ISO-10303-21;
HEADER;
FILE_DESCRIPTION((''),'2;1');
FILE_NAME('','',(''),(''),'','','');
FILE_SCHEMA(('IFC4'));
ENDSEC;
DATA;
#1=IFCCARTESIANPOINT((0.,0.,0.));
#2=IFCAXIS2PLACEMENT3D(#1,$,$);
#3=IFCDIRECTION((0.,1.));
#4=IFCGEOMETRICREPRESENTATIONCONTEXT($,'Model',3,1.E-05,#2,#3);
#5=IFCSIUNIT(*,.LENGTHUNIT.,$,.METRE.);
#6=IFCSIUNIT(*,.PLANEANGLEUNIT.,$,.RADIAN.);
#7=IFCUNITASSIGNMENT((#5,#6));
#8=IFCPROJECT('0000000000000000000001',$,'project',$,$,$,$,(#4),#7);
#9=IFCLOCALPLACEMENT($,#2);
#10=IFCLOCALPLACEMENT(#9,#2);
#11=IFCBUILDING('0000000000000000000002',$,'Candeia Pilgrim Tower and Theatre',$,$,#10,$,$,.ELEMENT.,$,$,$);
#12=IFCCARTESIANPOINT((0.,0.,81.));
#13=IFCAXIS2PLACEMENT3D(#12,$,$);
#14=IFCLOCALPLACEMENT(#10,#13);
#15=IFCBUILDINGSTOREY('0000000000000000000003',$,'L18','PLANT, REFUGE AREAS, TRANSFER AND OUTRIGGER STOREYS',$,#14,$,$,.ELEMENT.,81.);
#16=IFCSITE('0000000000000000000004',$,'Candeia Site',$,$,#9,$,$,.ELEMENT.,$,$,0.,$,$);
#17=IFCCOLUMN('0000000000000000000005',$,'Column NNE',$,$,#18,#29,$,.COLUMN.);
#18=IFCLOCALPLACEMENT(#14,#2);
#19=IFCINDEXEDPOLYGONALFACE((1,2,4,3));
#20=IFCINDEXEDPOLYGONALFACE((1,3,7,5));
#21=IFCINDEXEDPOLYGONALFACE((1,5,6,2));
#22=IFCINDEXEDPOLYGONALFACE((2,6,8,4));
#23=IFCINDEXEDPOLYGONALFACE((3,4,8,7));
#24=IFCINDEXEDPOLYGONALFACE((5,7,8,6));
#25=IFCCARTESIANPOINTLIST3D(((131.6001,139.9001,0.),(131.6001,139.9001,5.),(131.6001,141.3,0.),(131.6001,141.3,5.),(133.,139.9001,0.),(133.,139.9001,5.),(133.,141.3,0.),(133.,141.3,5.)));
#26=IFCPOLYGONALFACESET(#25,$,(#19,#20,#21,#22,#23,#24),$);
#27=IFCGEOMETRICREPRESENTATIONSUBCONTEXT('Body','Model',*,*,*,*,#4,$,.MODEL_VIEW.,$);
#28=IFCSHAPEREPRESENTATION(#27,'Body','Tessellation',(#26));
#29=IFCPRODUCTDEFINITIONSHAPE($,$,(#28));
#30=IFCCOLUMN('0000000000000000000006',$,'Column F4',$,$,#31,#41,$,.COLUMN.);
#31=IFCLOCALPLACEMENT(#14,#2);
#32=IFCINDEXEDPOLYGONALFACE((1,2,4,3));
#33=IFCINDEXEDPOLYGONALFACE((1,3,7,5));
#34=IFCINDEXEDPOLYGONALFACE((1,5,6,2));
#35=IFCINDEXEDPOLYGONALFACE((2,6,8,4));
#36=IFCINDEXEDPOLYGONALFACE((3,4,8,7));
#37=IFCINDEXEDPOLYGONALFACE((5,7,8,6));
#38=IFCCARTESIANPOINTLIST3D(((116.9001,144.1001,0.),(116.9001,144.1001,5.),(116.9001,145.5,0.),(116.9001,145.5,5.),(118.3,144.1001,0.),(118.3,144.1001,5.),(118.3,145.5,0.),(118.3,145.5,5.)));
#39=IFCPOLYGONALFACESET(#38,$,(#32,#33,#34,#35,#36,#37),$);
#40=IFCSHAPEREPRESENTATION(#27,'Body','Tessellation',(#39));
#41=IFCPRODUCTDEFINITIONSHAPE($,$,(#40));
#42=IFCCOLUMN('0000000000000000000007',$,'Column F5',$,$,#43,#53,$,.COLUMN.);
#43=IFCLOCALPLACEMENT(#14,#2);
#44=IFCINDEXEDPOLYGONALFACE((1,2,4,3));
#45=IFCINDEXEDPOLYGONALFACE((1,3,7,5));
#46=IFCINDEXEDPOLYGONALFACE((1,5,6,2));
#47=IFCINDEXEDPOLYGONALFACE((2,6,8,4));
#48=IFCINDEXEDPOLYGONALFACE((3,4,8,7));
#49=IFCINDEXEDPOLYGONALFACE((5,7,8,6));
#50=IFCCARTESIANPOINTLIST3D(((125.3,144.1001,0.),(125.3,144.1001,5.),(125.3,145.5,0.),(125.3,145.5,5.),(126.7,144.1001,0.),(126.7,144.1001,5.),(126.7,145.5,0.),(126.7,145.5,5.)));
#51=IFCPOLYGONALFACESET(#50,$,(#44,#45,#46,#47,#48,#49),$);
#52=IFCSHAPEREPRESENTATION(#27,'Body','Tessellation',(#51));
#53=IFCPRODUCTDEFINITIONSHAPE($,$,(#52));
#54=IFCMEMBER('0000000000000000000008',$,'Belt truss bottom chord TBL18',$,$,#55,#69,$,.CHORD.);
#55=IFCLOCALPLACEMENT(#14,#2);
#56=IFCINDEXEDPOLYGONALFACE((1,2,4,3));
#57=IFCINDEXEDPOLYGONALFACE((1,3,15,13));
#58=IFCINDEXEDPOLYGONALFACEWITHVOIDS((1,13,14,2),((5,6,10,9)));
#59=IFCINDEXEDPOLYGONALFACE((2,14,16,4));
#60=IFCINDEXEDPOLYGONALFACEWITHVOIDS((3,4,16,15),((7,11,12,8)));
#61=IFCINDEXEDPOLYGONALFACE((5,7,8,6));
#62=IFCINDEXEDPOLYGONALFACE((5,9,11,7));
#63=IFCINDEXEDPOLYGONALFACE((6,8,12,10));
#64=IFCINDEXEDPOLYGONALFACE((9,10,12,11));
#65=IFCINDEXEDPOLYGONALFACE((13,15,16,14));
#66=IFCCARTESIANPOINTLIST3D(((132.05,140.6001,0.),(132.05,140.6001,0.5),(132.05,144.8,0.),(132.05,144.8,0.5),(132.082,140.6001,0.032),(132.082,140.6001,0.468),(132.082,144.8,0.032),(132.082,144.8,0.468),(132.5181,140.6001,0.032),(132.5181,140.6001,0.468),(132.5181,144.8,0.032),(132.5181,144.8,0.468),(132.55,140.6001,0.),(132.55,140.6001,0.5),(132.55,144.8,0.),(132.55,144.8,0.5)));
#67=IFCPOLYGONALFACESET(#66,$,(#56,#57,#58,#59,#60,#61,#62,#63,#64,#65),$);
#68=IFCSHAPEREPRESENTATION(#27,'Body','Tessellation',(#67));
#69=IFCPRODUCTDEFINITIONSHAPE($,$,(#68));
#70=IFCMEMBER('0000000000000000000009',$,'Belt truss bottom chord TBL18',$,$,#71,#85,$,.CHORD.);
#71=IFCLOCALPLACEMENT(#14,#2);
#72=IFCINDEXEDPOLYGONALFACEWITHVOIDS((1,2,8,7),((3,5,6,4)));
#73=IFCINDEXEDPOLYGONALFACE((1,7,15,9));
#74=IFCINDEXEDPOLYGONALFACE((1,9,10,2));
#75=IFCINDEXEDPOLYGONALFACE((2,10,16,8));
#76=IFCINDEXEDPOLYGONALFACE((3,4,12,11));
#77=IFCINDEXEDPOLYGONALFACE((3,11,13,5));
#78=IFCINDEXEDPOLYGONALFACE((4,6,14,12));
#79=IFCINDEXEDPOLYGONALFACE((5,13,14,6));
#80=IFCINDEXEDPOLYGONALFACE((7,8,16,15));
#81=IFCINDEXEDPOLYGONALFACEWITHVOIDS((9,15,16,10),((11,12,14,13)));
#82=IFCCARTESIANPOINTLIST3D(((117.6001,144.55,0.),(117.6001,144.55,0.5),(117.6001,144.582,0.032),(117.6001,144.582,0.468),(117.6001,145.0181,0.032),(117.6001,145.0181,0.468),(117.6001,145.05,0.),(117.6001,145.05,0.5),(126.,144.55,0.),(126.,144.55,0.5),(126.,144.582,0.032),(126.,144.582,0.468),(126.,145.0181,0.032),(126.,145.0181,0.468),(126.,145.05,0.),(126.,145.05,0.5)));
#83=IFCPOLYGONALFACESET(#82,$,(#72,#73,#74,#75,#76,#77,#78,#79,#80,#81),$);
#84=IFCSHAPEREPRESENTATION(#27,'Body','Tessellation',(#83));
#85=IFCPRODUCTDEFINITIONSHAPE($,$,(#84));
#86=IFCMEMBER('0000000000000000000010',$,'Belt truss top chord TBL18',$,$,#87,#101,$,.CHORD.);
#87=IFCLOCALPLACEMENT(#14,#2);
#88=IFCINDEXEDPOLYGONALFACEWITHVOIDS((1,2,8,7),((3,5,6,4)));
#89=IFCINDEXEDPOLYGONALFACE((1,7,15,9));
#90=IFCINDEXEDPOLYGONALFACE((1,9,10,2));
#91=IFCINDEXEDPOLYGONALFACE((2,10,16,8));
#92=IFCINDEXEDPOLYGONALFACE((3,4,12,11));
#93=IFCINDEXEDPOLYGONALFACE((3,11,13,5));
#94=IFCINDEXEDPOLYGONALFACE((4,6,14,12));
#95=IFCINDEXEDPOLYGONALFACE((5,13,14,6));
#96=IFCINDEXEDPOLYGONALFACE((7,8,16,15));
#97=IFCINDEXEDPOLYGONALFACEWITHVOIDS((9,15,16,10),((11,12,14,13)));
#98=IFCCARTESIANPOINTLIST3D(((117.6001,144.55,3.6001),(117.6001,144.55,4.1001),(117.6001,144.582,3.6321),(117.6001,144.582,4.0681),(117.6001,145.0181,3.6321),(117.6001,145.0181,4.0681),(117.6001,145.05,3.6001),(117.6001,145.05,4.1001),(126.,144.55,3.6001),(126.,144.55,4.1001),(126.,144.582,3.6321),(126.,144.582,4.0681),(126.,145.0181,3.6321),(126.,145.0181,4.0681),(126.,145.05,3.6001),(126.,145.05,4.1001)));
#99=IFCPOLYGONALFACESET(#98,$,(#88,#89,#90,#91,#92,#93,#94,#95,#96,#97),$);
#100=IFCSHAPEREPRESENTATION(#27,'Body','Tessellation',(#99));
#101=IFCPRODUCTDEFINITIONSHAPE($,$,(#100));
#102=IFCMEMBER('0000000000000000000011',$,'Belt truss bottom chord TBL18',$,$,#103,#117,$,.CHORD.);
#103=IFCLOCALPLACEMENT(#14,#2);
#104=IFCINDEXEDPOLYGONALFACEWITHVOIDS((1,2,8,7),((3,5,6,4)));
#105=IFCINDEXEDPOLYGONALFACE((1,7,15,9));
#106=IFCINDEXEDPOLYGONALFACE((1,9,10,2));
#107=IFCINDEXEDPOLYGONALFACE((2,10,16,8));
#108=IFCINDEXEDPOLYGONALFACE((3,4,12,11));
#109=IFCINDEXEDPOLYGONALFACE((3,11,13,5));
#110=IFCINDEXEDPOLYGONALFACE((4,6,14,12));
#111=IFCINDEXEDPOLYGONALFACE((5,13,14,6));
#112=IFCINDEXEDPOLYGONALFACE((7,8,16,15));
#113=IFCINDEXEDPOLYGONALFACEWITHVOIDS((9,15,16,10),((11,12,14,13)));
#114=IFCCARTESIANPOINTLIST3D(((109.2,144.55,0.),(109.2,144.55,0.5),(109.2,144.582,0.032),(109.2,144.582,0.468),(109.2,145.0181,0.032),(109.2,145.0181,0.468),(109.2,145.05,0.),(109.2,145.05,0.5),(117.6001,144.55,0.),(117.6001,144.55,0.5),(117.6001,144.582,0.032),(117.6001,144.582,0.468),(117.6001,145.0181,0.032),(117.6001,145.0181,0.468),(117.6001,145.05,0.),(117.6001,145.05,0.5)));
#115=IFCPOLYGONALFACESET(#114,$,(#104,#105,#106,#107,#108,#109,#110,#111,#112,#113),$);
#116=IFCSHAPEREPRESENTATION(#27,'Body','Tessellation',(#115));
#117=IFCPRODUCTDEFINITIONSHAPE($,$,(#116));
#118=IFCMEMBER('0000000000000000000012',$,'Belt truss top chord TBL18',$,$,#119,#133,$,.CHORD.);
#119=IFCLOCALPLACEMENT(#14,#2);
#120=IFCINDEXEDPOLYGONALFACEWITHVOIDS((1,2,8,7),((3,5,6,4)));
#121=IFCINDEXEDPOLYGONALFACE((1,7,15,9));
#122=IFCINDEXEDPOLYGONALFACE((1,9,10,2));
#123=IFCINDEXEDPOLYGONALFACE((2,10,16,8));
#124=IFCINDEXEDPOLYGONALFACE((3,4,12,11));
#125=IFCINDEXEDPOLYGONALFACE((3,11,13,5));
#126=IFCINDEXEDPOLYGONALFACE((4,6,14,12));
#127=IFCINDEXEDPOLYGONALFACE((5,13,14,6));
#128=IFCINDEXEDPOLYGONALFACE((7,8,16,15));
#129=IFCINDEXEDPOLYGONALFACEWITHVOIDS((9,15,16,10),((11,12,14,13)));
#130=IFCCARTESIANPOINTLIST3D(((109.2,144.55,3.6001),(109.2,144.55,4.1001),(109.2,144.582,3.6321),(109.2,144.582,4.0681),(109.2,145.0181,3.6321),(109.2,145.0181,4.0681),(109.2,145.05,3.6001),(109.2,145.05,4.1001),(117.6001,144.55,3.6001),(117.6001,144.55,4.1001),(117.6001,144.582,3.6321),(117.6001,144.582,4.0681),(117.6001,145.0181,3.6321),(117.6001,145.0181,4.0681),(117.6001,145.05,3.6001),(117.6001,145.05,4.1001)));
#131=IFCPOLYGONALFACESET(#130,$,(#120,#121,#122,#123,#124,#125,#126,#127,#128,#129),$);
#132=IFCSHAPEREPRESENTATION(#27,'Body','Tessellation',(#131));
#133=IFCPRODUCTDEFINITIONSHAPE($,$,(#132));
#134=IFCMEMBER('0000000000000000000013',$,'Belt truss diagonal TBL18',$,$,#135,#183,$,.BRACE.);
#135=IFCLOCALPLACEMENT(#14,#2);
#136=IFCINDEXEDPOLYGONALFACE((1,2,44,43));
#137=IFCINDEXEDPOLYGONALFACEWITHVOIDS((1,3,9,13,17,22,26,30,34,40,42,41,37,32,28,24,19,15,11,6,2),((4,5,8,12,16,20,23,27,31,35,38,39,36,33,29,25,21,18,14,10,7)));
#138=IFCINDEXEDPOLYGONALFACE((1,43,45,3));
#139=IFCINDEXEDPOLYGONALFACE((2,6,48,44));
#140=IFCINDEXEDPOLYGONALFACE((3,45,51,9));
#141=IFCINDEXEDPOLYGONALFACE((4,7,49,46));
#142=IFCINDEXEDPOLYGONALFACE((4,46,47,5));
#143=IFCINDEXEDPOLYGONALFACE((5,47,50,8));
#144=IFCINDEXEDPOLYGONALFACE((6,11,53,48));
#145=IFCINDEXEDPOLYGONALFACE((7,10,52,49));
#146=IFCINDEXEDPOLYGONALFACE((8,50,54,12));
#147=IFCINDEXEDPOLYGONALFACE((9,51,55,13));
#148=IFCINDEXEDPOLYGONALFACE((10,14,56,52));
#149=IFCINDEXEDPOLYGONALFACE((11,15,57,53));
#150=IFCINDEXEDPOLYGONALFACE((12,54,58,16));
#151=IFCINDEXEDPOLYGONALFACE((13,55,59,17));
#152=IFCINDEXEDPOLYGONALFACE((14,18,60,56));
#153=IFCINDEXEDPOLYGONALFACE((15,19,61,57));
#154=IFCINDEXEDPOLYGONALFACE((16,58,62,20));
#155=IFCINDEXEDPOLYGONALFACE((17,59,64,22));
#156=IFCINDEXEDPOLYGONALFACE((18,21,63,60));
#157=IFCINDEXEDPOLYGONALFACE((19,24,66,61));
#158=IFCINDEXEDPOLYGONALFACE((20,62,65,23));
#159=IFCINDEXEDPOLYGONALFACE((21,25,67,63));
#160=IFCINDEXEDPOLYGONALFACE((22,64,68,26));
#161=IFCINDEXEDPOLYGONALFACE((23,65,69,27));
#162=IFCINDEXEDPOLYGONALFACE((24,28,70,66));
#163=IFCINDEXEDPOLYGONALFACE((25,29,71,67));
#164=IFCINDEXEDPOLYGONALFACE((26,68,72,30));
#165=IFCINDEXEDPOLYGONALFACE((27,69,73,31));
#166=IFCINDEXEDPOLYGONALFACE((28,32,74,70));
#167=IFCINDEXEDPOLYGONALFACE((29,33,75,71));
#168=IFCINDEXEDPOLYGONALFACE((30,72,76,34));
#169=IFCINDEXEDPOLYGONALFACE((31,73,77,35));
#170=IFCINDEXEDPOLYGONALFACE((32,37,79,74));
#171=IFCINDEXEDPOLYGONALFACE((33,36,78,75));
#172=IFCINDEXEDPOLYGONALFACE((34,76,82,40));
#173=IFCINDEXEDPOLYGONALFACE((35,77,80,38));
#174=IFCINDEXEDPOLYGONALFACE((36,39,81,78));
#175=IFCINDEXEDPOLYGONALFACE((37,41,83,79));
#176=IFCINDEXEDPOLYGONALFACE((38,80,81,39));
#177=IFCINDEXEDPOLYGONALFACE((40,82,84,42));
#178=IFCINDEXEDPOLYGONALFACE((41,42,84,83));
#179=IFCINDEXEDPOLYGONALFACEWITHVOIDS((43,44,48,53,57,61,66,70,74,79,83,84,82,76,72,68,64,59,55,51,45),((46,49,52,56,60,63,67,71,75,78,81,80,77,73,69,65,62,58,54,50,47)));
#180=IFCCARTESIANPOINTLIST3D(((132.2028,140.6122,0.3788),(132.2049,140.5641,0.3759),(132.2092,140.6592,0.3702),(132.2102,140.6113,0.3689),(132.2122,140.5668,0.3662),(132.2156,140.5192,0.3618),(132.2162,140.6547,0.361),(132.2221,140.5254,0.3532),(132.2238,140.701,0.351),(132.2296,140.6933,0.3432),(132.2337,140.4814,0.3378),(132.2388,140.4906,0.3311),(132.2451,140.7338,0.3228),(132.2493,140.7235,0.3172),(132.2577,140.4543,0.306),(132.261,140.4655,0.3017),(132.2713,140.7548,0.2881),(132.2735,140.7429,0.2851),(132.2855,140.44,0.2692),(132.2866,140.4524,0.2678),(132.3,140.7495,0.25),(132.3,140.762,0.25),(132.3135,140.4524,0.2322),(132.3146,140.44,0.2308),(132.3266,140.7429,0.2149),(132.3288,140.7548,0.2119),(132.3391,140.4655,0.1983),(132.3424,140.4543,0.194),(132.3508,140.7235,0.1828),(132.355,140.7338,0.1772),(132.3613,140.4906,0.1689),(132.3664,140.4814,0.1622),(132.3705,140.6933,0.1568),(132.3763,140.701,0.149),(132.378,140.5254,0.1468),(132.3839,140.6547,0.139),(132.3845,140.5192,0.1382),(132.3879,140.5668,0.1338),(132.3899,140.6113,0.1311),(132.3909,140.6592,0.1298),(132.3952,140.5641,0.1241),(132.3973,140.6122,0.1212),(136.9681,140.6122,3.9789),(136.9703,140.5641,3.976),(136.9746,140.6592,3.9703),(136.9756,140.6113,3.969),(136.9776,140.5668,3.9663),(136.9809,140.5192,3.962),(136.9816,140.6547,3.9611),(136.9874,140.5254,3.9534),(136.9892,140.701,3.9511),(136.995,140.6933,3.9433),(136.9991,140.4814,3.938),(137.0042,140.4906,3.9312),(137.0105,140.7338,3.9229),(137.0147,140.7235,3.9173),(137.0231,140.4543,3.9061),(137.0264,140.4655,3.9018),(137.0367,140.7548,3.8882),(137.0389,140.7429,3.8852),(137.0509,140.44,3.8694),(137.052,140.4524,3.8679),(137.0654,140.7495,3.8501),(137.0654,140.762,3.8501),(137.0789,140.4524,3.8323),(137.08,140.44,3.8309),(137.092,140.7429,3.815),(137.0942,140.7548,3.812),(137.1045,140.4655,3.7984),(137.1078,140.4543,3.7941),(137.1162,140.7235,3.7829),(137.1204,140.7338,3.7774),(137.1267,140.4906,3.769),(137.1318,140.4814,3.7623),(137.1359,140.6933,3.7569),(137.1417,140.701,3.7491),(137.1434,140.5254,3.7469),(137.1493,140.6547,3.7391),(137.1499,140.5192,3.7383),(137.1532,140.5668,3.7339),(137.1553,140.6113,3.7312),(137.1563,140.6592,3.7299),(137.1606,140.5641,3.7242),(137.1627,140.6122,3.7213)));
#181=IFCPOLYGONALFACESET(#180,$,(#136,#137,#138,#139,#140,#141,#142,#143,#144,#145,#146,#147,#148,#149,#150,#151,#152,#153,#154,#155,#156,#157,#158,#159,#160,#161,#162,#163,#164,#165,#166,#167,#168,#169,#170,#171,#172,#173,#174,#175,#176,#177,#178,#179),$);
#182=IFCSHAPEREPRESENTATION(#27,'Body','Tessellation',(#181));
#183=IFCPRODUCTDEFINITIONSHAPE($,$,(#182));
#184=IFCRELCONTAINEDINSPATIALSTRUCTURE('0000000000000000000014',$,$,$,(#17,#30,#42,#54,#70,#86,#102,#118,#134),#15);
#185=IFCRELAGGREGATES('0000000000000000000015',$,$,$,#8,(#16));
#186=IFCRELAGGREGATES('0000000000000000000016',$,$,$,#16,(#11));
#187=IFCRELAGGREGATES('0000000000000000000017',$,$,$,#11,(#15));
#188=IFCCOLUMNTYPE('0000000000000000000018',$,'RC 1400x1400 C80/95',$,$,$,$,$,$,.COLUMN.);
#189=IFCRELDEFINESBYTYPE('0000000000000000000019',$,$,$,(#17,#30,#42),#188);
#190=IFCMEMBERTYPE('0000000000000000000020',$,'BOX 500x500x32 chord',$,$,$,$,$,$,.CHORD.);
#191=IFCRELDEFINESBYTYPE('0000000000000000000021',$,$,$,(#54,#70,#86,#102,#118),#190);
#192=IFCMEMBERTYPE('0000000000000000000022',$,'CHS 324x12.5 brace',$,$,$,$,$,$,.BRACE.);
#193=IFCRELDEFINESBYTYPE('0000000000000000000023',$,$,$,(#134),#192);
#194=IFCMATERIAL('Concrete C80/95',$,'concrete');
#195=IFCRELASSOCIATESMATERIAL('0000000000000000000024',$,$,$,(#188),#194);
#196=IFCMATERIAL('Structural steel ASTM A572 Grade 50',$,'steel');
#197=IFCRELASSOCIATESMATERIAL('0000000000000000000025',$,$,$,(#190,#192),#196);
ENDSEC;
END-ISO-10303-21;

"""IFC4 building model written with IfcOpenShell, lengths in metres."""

from ifc_helpers import new_model, si_unit, direction, frame, origin, origin_2d, place, context, subcontext, project, spatial, rectangle, hollow_rectangle, hollow_circle, extrude, material, material_profile, profile_set, type_object, element, save


model = new_model("IFC4")

# Units and contexts
model_context = context("Model", 3, precision=1e-05, world=origin(), true_north=direction((0.0, 1.0)))
body_context = subcontext(model_context, "Body", "Model", "MODEL_VIEW")
ifc_project = project(units=[si_unit("LENGTHUNIT", "METRE"), si_unit("PLANEANGLEUNIT", "RADIAN")], contexts=[model_context])

# Site, building, storey
site_placement = place(None, origin())
site = spatial("IfcSite", under=ifc_project, at=site_placement, Name="Candeia Site", CompositionType="ELEMENT", RefElevation=0.0)
building_placement = place(site_placement, origin())
building = spatial("IfcBuilding", under=site, at=building_placement, Name="Candeia Pilgrim Tower and Theatre", CompositionType="ELEMENT")
storey_placement = place(building_placement, frame((0.0, 0.0, 81.0)))
storey = spatial("IfcBuildingStorey", under=building, at=storey_placement, Name="L18", Description="PLANT, REFUGE AREAS, TRANSFER AND OUTRIGGER STOREYS", CompositionType="ELEMENT", Elevation=81.0)

# Columns
ifc_material_1 = material(Name="Concrete C80/95", Category="concrete")
ifc_material_profile_1 = material_profile(ifc_material_1, rectangle(XDim=1.3999, YDim=1.3999, at=origin_2d()))
ifc_profile_set_1 = profile_set([ifc_material_profile_1], Name="Concrete C80/95")
column_type = type_object("IfcColumnType", Name="RC 1400x1400 C80/95", PredefinedType="COLUMN", material=ifc_profile_set_1)
for number, where, z_axis, x_axis, name in (
    (1, (132.3, 140.6001, 0.0), (0.0, 0.0, 1.0), (1.0, 0.0, 0.0), "Column NNE"),
    (2, (117.6001, 144.8, 0.0), (0.0, 0.0, 1.0), (1.0, 0.0, 0.0), "Column F4"),
    (3, (126.0, 144.8, 0.0), (0.0, 0.0, 1.0), (1.0, 0.0, 0.0), "Column F5"),
):
    element("IfcColumn", number, at=place(storey_placement, frame(where, z_axis=z_axis, x_axis=x_axis)), inside=storey, type_object=column_type, Name=name, PredefinedType="COLUMN", context=body_context, shape_type="SweptSolid", body=[
        extrude(rectangle(XDim=1.3999, YDim=1.3999, at=origin_2d()), origin(), (0.0, 0.0, 1.0), 5.0),
    ])

# Members
ifc_material_2 = material(Name="Structural steel ASTM A572 Grade 50", Category="steel")
ifc_material_profile_2 = material_profile(ifc_material_2, hollow_rectangle(XDim=0.5, YDim=0.5, WallThickness=0.032, at=origin_2d()))
ifc_profile_set_2 = profile_set([ifc_material_profile_2], Name="Structural steel ASTM A572 Grade 50")
member_type_1 = type_object("IfcMemberType", Name="BOX 500x500x32 chord", PredefinedType="CHORD", material=ifc_profile_set_2)
member_1_placement = place(storey_placement, frame((132.3, 140.6001, 0.25), z_axis=(0.0, 1.0, 0.0), x_axis=(-1.0, 0.0, 0.0)))
element("IfcMember", 4, at=member_1_placement, inside=storey, type_object=member_type_1, Name="Belt truss bottom chord TBL18", PredefinedType="CHORD", context=body_context, shape_type="SweptSolid", body=[
    extrude(hollow_rectangle(XDim=0.5, YDim=0.5, WallThickness=0.032, at=origin_2d()), origin(), (0.0, 0.0, 1.0), 4.2),
])
for number, where, z_axis, x_axis, name in (
    (5, (126.0, 144.8, 0.25), (-1.0, 0.0, 0.0), (0.0, -1.0, 0.0), "Belt truss bottom chord TBL18"),
    (6, (126.0, 144.8, 3.8501), (-1.0, 0.0, 0.0), (0.0, -1.0, 0.0), "Belt truss top chord TBL18"),
):
    element("IfcMember", number, at=place(storey_placement, frame(where, z_axis=z_axis, x_axis=x_axis)), inside=storey, type_object=member_type_1, Name=name, PredefinedType="CHORD", context=body_context, shape_type="SweptSolid", body=[
        extrude(hollow_rectangle(XDim=0.5, YDim=0.5, WallThickness=0.032, at=origin_2d()), origin(), (0.0, 0.0, 1.0), 8.3999),
    ])
for number, where, z_axis, x_axis, name in (
    (7, (117.6001, 144.8, 0.25), (-1.0, 0.0, 0.0), (0.0, -1.0, 0.0), "Belt truss bottom chord TBL18"),
    (8, (117.6001, 144.8, 3.8501), (-1.0, 0.0, 0.0), (0.0, -1.0, 0.0), "Belt truss top chord TBL18"),
):
    element("IfcMember", number, at=place(storey_placement, frame(where, z_axis=z_axis, x_axis=x_axis)), inside=storey, type_object=member_type_1, Name=name, PredefinedType="CHORD", context=body_context, shape_type="SweptSolid", body=[
        extrude(hollow_rectangle(XDim=0.5, YDim=0.5, WallThickness=0.032, at=origin_2d()), origin(), (0.0, 0.0, 1.0), 8.4001),
    ])
ifc_material_profile_3 = material_profile(ifc_material_2, hollow_circle(Radius=0.1619, WallThickness=0.0125, at=origin_2d()))
ifc_profile_set_3 = profile_set([ifc_material_profile_3], Name="Structural steel ASTM A572 Grade 50")
member_type_2 = type_object("IfcMemberType", Name="CHS 324x12.5 brace", PredefinedType="BRACE", material=ifc_profile_set_3)
member_2_placement = place(storey_placement, frame((132.3, 140.6001, 0.25), z_axis=(0.797901, 0.0, 0.602789), x_axis=(0.0, 1.0, 0.0)))
element("IfcMember", 9, at=member_2_placement, inside=storey, type_object=member_type_2, Name="Belt truss diagonal TBL18", PredefinedType="BRACE", context=body_context, shape_type="SweptSolid", body=[
    extrude(hollow_circle(Radius=0.1619, WallThickness=0.0125, at=origin_2d()), origin(), (0.0, 0.0, 1.0), 5.9724),
])

save(model, "model.ifc")
